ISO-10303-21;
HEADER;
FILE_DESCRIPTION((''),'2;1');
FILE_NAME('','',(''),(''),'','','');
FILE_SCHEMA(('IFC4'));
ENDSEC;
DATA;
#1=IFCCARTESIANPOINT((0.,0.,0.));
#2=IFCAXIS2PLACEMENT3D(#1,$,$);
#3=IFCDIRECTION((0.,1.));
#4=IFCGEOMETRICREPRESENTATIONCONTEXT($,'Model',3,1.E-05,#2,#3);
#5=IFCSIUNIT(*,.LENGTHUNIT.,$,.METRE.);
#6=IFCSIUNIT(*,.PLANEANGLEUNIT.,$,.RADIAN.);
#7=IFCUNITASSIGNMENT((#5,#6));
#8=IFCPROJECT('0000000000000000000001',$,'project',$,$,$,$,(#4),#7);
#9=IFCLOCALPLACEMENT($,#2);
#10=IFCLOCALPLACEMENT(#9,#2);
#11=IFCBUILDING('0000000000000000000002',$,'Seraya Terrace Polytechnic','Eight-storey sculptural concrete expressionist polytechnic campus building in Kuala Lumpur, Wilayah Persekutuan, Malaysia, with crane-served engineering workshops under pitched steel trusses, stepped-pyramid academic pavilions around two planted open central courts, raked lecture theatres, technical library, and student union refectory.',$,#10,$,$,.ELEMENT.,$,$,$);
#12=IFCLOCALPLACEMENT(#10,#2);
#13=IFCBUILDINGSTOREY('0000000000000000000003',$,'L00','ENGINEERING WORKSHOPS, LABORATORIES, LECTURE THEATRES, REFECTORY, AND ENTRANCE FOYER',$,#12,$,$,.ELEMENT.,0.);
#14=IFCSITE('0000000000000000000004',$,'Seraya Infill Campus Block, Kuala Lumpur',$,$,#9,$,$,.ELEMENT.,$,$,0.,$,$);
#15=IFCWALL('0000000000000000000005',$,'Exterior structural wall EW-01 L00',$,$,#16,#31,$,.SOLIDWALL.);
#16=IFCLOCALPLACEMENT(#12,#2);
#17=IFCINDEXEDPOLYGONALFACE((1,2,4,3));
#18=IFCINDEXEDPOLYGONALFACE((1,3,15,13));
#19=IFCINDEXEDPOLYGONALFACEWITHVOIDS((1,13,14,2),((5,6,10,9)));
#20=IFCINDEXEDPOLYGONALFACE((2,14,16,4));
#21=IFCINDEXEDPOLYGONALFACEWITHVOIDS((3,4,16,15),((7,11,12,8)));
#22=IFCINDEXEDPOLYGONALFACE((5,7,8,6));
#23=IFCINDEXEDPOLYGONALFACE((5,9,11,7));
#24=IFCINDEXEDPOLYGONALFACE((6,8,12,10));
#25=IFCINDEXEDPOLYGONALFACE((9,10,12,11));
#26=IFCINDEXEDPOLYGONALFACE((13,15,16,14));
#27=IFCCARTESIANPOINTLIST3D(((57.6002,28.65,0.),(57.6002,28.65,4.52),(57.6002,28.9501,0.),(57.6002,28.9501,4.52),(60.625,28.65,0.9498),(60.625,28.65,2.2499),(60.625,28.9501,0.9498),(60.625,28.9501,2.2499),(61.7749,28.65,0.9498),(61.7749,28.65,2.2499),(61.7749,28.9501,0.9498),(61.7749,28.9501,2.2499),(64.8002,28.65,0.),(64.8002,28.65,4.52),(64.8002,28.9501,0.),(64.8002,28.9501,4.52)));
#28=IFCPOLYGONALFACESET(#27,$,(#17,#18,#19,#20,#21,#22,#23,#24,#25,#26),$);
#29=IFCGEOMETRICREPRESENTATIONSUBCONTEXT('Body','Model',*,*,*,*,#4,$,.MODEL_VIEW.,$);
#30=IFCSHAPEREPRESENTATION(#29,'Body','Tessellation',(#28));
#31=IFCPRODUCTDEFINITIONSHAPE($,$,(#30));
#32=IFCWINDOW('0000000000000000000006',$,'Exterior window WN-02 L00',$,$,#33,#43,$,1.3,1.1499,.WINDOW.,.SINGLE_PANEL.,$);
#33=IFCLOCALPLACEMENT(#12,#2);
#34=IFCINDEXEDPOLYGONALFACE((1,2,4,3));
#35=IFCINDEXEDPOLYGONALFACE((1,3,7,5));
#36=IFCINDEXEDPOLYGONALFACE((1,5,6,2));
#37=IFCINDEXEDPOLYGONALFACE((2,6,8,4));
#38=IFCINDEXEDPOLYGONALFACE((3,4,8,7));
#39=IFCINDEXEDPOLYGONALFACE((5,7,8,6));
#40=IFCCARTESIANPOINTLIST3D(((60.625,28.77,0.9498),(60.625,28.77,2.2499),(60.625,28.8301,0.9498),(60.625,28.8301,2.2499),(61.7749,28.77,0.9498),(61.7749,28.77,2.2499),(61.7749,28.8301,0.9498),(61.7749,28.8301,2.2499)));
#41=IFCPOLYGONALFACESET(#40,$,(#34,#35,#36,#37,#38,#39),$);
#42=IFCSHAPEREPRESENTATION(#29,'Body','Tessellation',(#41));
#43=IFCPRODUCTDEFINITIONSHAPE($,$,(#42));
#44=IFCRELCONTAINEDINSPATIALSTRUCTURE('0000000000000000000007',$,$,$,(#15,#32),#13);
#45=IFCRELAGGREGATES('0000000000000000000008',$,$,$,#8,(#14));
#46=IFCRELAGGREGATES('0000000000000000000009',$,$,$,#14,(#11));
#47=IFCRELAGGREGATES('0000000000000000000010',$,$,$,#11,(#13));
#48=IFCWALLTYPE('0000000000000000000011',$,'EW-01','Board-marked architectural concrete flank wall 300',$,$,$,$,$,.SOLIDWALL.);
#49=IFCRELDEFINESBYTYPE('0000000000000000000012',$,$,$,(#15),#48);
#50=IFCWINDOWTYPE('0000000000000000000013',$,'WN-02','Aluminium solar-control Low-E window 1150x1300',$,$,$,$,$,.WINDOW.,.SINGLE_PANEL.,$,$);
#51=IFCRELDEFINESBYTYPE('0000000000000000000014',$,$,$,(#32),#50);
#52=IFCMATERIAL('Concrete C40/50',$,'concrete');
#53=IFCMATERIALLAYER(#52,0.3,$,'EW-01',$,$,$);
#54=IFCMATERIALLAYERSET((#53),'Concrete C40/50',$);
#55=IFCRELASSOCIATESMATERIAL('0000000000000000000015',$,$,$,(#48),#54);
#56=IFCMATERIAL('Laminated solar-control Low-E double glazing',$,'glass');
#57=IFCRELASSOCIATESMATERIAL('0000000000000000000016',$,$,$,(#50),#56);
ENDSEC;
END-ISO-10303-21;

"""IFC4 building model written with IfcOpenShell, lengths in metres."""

from ifc_helpers import new_model, si_unit, direction, frame, frame_2d, origin, place, context, subcontext, project, spatial, rectangle, extrude, material, layer, layer_set, type_object, element, fill, save


model = new_model("IFC4")

# Units and contexts
model_context = context("Model", 3, precision=1e-05, world=origin(), true_north=direction((0.0, 1.0)))
body_context = subcontext(model_context, "Body", "Model", "MODEL_VIEW")
ifc_project = project(units=[si_unit("LENGTHUNIT", "METRE"), si_unit("PLANEANGLEUNIT", "RADIAN")], contexts=[model_context])

# Site, building, storey
site_placement = place(None, origin())
site = spatial("IfcSite", under=ifc_project, at=site_placement, Name="Seraya Infill Campus Block, Kuala Lumpur", CompositionType="ELEMENT", RefElevation=0.0)
building_placement = place(site_placement, origin())
building = spatial("IfcBuilding", under=site, at=building_placement, Name="Seraya Terrace Polytechnic", Description="Eight-storey sculptural concrete expressionist polytechnic campus building in Kuala Lumpur, Wilayah Persekutuan, Malaysia, with crane-served engineering workshops under pitched steel trusses, stepped-pyramid academic pavilions around two planted open central courts, raked lecture theatres, technical library, and student union refectory.", CompositionType="ELEMENT")
storey_placement = place(building_placement, origin())
storey = spatial("IfcBuildingStorey", under=building, at=storey_placement, Name="L00", Description="ENGINEERING WORKSHOPS, LABORATORIES, LECTURE THEATRES, REFECTORY, AND ENTRANCE FOYER", CompositionType="ELEMENT", Elevation=0.0)

# Shared definitions
ifc_material_1 = material(Name="Concrete C40/50", Category="concrete")

# Wall, opening, window
ifc_layer = layer(ifc_material_1, 0.3, Name="EW-01")
ifc_layer_set = layer_set([ifc_layer], Name="Concrete C40/50")
wall_type = type_object("IfcWallType", Name="EW-01", Description="Board-marked architectural concrete flank wall 300", PredefinedType="SOLIDWALL", material=ifc_layer_set)
ifc_material_2 = material(Name="Laminated solar-control Low-E double glazing", Category="glass")
wall_1_placement = place(storey_placement, frame((57.6001, 28.8, 0.0), z_axis=(0.0, 0.0, 1.0), x_axis=(1.0, 0.0, 0.0)))
wall_1 = element("IfcWall", 1, at=wall_1_placement, inside=storey, type_object=wall_type, Name="Exterior structural wall EW-01 L00", PredefinedType="SOLIDWALL", context=body_context, shape_type="SweptSolid", body=[
    extrude(rectangle(XDim=7.2, YDim=0.3, at=frame_2d((3.6001, 0.0))), origin(), (0.0, 0.0, 1.0), 4.52),
])
opening_1_placement = place(wall_1_placement, frame((3.0249, 0.0, 0.95)))
opening_1 = element("IfcOpeningElement", 2, at=opening_1_placement, cuts=wall_1, PredefinedType="OPENING", context=body_context, shape_type="SweptSolid", body=[
    extrude(rectangle(XDim=1.1499, YDim=1.3, at=frame_2d((0.575, 0.6499))), frame((0.0, 0.1621, 0.0), z_axis=(0.0, -1.0, 0.0), x_axis=(1.0, 0.0, 0.0)), (0.0, 0.0, 1.0), 0.324),
])
window_type_1 = type_object("IfcWindowType", Name="WN-02", Description="Aluminium solar-control Low-E window 1150x1300", PartitioningType="SINGLE_PANEL", PredefinedType="WINDOW", material=ifc_material_2)
window_1_placement = place(opening_1_placement, origin())
window_1 = element("IfcWindow", 3, at=window_1_placement, inside=storey, type_object=window_type_1, Name="Exterior window WN-02 L00", OverallHeight=1.3, OverallWidth=1.1499, PartitioningType="SINGLE_PANEL", PredefinedType="WINDOW", context=body_context, shape_type="SweptSolid", body=[
    extrude(rectangle(XDim=1.1499, YDim=1.3, at=frame_2d((0.575, 0.6499))), frame((0.0, 0.03, 0.0), z_axis=(0.0, -1.0, 0.0), x_axis=(1.0, 0.0, 0.0)), (0.0, 0.0, 1.0), 0.0601),
])
fill(opening_1, window_1)

save(model, "model.ifc")
